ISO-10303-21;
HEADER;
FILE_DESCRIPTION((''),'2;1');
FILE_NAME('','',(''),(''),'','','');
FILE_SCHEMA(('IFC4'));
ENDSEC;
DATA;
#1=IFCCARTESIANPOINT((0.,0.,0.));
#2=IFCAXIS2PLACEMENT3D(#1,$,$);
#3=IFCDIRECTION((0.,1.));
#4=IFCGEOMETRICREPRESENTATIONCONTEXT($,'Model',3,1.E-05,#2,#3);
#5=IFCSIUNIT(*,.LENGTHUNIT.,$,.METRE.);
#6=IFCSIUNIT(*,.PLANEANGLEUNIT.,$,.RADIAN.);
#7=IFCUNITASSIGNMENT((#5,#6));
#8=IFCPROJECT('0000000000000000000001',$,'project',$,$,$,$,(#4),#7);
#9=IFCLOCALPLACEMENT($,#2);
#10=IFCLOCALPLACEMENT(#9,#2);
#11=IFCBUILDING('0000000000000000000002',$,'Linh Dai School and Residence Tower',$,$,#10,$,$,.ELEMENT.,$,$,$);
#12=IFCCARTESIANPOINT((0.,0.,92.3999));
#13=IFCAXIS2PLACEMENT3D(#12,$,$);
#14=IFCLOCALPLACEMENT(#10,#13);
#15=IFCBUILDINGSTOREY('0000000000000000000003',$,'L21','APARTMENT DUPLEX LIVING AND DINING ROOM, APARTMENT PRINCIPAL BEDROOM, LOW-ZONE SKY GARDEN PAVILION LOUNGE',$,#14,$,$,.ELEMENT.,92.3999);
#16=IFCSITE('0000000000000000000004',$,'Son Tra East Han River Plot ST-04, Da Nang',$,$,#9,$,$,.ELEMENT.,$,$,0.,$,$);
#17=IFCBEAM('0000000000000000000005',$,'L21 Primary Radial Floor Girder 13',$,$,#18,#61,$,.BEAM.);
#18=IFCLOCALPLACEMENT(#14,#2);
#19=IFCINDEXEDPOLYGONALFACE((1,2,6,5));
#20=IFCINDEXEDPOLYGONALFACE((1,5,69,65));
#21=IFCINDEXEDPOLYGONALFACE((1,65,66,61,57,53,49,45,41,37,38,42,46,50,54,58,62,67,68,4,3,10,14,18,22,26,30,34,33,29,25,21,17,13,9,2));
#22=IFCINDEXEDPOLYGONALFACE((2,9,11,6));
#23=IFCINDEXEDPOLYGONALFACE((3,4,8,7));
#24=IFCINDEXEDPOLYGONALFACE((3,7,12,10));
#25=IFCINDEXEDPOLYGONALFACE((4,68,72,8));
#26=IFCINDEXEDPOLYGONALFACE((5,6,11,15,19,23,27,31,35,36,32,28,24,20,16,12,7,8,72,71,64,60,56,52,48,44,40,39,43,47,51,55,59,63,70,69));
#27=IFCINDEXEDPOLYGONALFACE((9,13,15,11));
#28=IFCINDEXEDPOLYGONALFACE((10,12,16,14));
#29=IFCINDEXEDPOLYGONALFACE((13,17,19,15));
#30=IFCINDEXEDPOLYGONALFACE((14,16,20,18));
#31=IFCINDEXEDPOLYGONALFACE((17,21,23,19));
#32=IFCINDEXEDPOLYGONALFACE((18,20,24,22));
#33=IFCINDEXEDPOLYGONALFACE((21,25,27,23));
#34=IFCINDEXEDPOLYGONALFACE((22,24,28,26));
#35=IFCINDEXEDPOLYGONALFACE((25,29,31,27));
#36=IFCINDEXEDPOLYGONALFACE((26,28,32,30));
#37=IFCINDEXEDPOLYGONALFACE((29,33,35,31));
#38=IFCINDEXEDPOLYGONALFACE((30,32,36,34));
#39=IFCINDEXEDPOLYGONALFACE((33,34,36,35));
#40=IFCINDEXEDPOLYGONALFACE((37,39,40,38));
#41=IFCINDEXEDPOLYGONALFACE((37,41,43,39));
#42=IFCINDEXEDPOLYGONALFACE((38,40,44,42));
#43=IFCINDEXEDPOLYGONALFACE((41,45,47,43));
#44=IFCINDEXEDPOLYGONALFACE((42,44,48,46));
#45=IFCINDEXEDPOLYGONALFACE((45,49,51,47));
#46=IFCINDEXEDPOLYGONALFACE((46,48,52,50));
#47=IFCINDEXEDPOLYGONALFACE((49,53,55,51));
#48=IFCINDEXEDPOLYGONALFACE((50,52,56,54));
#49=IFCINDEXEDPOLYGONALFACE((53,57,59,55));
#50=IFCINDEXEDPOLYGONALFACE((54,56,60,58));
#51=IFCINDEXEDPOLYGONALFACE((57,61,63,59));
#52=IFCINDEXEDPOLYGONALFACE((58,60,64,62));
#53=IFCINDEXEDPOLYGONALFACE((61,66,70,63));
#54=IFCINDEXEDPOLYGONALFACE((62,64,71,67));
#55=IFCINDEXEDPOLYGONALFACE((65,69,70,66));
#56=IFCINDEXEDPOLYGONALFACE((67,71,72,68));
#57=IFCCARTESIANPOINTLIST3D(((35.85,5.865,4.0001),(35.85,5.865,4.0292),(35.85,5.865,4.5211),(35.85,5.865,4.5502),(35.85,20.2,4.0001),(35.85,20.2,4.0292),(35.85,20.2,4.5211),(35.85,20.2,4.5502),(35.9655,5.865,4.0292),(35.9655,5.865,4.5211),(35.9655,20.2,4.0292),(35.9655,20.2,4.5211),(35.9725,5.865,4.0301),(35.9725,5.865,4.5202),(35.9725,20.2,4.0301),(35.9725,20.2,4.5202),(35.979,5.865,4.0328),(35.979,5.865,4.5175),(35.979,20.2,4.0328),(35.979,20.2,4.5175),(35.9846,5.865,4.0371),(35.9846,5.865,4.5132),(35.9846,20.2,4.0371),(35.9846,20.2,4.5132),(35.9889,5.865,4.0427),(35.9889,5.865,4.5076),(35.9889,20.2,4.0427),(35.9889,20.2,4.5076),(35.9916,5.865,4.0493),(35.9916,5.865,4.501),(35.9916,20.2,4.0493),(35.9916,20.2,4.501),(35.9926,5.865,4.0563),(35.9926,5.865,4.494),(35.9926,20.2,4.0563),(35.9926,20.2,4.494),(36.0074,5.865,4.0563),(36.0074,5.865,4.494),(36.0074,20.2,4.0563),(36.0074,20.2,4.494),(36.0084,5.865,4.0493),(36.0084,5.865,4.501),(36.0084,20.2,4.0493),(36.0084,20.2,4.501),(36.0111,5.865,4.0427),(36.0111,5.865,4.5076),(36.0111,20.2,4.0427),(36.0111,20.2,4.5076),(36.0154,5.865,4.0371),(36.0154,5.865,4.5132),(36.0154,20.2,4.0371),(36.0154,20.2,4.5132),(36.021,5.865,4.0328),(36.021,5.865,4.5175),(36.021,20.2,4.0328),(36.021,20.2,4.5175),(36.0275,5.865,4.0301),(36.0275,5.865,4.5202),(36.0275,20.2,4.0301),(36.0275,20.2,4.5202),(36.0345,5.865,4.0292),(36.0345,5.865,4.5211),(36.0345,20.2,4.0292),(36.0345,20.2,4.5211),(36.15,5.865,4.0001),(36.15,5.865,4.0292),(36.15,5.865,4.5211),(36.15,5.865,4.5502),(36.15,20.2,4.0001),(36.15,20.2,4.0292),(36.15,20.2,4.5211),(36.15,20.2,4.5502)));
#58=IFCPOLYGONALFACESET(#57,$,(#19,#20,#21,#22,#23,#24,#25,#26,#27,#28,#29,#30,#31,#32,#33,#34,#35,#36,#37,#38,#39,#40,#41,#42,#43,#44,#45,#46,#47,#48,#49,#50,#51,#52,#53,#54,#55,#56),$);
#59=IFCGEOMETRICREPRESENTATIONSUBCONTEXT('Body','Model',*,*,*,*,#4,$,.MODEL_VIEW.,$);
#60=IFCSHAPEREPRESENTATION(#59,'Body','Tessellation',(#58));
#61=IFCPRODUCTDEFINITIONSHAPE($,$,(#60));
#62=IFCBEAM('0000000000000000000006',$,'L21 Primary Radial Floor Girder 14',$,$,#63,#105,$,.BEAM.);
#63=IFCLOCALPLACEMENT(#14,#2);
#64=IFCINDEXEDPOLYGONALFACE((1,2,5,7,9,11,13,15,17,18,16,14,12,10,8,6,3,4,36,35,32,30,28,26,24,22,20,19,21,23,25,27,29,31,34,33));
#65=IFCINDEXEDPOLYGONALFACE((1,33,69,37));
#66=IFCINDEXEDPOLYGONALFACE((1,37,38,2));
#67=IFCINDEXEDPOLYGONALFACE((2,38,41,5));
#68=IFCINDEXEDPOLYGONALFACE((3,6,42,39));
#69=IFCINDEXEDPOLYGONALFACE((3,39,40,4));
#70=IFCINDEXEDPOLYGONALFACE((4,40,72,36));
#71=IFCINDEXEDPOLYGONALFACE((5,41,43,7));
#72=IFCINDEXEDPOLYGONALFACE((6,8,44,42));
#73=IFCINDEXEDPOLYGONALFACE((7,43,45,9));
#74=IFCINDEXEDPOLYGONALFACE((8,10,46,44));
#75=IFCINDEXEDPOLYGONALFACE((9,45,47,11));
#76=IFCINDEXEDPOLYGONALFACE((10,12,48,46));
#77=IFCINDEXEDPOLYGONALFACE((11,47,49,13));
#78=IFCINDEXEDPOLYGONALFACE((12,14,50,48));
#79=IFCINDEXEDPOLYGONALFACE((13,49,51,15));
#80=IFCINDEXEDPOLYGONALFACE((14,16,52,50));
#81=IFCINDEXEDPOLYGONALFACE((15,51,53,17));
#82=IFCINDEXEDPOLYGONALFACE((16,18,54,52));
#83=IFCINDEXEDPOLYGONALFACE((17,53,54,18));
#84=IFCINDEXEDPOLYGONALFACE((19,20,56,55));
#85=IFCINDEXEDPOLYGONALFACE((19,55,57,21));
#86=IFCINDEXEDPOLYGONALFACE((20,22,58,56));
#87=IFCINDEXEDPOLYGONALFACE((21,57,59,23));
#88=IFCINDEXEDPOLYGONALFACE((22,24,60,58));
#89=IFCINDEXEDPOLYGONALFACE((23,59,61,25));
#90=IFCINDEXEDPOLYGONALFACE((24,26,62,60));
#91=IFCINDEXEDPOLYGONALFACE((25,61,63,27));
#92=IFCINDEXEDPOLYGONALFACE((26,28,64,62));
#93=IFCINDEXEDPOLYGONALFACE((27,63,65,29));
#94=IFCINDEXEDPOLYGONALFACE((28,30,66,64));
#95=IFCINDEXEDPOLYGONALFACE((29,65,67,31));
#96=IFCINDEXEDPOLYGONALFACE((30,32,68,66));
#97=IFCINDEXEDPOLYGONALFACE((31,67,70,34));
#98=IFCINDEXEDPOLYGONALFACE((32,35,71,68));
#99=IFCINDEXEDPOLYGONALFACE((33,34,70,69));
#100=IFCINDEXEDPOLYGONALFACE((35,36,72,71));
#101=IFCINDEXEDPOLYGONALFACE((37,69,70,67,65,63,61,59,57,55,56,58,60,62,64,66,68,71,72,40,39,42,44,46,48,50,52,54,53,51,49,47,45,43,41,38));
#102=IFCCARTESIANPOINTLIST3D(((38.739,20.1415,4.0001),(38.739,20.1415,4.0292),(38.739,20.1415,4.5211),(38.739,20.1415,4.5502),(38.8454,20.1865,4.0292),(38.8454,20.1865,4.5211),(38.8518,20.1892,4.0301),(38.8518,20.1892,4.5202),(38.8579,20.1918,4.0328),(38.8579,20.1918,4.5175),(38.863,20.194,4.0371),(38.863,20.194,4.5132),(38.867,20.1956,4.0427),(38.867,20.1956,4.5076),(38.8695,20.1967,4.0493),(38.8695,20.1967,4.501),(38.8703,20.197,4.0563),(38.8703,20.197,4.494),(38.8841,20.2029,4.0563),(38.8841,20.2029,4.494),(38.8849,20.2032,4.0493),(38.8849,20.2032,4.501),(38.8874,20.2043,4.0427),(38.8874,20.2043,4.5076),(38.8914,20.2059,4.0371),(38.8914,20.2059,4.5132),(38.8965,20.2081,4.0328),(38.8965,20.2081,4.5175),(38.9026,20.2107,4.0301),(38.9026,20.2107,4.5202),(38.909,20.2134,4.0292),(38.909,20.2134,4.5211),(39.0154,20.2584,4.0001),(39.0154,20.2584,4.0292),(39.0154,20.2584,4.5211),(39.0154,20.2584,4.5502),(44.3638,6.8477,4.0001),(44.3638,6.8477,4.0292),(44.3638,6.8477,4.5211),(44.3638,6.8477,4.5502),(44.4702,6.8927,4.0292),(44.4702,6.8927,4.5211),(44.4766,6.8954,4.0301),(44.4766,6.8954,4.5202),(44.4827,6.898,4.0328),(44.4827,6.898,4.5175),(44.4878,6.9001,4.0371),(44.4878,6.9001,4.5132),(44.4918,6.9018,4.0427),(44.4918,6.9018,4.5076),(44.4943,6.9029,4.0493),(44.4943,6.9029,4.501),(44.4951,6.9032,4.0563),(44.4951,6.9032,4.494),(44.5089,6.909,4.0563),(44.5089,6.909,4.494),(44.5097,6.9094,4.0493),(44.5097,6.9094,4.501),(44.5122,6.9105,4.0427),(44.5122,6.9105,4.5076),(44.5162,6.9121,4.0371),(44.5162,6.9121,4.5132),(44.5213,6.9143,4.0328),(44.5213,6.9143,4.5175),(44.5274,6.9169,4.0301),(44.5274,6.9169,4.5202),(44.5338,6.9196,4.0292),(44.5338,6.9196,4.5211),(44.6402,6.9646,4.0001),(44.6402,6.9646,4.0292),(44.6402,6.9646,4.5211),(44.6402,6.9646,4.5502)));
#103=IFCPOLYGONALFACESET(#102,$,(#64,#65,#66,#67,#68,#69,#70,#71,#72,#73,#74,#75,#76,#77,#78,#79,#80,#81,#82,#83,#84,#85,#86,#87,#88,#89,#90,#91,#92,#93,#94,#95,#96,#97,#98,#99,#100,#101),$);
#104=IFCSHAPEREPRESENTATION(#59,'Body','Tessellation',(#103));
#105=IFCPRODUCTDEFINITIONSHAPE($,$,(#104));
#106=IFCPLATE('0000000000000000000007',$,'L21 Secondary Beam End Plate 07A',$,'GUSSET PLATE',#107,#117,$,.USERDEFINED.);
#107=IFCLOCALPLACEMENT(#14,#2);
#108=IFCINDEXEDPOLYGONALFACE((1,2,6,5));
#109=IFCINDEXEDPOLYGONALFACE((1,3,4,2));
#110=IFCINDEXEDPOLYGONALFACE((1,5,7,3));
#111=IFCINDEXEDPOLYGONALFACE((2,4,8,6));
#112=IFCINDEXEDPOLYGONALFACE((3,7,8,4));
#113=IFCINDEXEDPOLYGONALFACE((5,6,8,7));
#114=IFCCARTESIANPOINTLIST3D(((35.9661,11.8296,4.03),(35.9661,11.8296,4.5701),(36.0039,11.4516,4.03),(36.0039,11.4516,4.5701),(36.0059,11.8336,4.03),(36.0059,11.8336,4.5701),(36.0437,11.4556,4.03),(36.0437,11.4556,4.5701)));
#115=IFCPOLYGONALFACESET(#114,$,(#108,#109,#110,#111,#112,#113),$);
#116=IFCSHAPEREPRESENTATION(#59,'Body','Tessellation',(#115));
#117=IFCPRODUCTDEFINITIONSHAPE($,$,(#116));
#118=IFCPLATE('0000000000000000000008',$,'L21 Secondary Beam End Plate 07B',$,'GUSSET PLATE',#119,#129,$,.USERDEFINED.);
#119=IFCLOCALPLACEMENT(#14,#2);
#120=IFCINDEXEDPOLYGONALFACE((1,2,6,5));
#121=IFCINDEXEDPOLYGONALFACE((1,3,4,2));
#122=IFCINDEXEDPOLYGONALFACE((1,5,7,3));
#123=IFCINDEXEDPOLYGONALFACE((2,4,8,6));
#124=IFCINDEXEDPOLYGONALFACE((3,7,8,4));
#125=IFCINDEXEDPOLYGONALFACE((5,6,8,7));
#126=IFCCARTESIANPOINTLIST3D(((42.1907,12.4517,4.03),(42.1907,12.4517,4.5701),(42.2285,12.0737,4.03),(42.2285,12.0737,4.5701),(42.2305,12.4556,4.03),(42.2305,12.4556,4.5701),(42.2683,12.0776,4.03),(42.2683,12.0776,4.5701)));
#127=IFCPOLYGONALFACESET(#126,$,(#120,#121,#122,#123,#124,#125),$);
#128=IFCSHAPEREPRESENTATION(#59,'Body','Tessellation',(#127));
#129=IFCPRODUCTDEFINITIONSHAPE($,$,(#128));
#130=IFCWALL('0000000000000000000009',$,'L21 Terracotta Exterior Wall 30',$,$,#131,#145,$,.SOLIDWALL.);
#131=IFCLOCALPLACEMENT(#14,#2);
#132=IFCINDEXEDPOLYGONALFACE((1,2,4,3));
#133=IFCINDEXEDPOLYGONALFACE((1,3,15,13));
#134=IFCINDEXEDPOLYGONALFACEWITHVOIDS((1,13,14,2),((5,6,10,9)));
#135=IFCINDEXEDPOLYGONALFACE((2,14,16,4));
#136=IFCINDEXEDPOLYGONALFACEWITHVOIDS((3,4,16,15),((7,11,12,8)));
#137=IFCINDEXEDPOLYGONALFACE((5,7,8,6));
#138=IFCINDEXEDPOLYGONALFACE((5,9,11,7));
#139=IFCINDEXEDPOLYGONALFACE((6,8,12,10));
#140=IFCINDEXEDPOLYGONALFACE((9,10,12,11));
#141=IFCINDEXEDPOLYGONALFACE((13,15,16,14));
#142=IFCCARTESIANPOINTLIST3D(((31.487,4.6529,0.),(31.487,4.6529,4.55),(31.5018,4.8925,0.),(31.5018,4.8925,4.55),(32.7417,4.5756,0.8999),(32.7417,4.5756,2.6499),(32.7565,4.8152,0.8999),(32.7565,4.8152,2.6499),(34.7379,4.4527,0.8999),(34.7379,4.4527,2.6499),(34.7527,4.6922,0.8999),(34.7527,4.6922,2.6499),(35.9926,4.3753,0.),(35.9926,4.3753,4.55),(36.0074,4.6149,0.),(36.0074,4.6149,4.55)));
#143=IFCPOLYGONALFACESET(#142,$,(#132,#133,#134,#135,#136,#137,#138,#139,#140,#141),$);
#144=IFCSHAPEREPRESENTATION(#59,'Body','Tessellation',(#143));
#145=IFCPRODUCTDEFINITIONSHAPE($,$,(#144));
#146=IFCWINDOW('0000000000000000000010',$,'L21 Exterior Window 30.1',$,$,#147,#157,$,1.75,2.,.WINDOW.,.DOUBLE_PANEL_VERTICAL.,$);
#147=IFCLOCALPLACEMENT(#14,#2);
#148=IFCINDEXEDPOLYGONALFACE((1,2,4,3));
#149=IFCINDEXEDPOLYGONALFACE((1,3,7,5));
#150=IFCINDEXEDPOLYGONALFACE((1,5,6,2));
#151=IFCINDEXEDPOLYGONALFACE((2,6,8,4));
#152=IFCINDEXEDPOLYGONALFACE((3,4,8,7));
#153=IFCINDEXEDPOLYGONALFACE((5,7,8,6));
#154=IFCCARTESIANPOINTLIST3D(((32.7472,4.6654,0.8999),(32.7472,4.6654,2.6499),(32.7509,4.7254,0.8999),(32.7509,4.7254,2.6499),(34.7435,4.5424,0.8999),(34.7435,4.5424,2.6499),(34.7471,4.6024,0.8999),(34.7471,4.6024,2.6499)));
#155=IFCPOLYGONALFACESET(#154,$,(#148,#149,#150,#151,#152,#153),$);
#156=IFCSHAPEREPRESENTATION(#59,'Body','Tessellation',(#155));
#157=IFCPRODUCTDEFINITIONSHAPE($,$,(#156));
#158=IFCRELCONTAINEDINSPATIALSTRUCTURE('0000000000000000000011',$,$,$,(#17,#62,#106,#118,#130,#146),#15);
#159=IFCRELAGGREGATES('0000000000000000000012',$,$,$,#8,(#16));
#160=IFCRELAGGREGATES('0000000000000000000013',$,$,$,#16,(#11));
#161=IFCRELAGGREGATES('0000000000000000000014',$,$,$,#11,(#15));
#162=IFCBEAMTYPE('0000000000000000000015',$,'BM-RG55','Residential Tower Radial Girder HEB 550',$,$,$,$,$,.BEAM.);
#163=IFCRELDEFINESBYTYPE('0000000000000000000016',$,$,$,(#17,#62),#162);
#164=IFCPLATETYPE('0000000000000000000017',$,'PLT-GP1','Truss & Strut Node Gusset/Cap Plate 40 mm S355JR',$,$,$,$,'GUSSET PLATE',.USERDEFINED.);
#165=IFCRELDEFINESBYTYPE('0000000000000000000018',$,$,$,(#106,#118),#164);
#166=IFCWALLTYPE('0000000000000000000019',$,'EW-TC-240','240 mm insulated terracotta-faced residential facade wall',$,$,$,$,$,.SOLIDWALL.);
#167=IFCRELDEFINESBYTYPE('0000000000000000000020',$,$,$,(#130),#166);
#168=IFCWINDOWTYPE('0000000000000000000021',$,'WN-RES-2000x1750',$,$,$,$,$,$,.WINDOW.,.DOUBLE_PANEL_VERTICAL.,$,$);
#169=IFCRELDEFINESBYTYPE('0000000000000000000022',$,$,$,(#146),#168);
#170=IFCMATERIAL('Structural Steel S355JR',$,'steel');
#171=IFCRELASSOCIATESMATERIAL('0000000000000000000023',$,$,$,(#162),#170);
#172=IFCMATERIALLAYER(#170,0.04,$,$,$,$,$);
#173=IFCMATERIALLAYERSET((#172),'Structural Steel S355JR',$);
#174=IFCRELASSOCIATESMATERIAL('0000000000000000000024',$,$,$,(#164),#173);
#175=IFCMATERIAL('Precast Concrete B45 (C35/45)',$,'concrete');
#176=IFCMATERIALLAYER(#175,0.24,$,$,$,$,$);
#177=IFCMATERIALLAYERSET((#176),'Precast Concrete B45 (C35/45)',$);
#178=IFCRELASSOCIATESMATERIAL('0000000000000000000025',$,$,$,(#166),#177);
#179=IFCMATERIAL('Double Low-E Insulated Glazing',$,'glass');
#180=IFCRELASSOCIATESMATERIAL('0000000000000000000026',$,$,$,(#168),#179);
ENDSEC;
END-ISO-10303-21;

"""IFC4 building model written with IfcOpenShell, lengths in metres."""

from ifc_helpers import new_model, si_unit, direction, frame, frame_2d, origin, origin_2d, place, context, subcontext, project, spatial, rectangle, i_section, extrude, source, transform, mapped, material, layer, layer_set, material_profile, profile_set, type_object, element, fill, save


model = new_model("IFC4")

# Units and contexts
model_context = context("Model", 3, precision=1e-05, world=origin(), true_north=direction((0.0, 1.0)))
body_context = subcontext(model_context, "Body", "Model", "MODEL_VIEW")
ifc_project = project(units=[si_unit("LENGTHUNIT", "METRE"), si_unit("PLANEANGLEUNIT", "RADIAN")], contexts=[model_context])

# Site, building, storey
site_placement = place(None, origin())
site = spatial("IfcSite", under=ifc_project, at=site_placement, Name="Son Tra East Han River Plot ST-04, Da Nang", CompositionType="ELEMENT", RefElevation=0.0)
building_placement = place(site_placement, origin())
building = spatial("IfcBuilding", under=site, at=building_placement, Name="Linh Dai School and Residence Tower", CompositionType="ELEMENT")
storey_placement = place(building_placement, frame((0.0, 0.0, 92.3999)))
storey = spatial("IfcBuildingStorey", under=building, at=storey_placement, Name="L21", Description="APARTMENT DUPLEX LIVING AND DINING ROOM, APARTMENT PRINCIPAL BEDROOM, LOW-ZONE SKY GARDEN PAVILION LOUNGE", CompositionType="ELEMENT", Elevation=92.3999)

# Shared definitions
ifc_material_1 = material(Name="Structural Steel S355JR", Category="steel")

# Beams
ifc_material_profile_1 = material_profile(ifc_material_1, i_section(OverallWidth=0.3, OverallDepth=0.55, WebThickness=0.0149, FlangeThickness=0.0291, FilletRadius=0.0271, at=origin_2d()), Name="HEB 550")
ifc_profile_set_1 = profile_set([ifc_material_profile_1], Name="Structural Steel S355JR")
beam_type_1 = type_object("IfcBeamType", Name="BM-RG55", Description="Residential Tower Radial Girder HEB 550", PredefinedType="BEAM", material=ifc_profile_set_1)
beam_1_placement = place(storey_placement, frame((36.0, 20.2, 4.2751), z_axis=(0.0, -1.0, 0.0), x_axis=(1.0, 0.0, 0.0)))
element("IfcBeam", 1, at=beam_1_placement, inside=storey, type_object=beam_type_1, Name="L21 Primary Radial Floor Girder 13", PredefinedType="BEAM", context=body_context, shape_type="SweptSolid", body=[
    extrude(i_section(OverallWidth=0.3, OverallDepth=0.55, WebThickness=0.0149, FlangeThickness=0.0291, FilletRadius=0.0271, at=origin_2d()), origin(), (0.0, 0.0, 1.0), 14.335),
])
beam_2_placement = place(storey_placement, frame((38.8772, 20.2, 4.2751), z_axis=(0.389669, -0.920955, 0.0), x_axis=(0.920955, 0.389669, 0.0)))
element("IfcBeam", 2, at=beam_2_placement, inside=storey, type_object=beam_type_1, Name="L21 Primary Radial Floor Girder 14", PredefinedType="BEAM", context=body_context, shape_type="SweptSolid", body=[
    extrude(i_section(OverallWidth=0.3, OverallDepth=0.55, WebThickness=0.0149, FlangeThickness=0.0291, FilletRadius=0.0271, at=origin_2d()), origin(), (0.0, 0.0, 1.0), 14.4348),
])

# Plates
ifc_layer_1 = layer(ifc_material_1, 0.04)
ifc_layer_set_1 = layer_set([ifc_layer_1], Name="Structural Steel S355JR")
plate_type = type_object("IfcPlateType", Name="PLT-GP1", Description="Truss & Strut Node Gusset/Cap Plate 40 mm S355JR", ElementType="GUSSET PLATE", PredefinedType="USERDEFINED", material=ifc_layer_set_1)
shared_shape_1 = source(origin(), body_context, "Body", "SweptSolid", [
    extrude(rectangle(XDim=0.04, YDim=0.3799, at=origin_2d()), origin(), (0.0, 0.0, 1.0), 0.54),
])
for number, where, z_axis, x_axis, name in (
    (3, (36.0049, 11.6426, 4.03), (0.0, 0.0, 1.0), (0.995042, 0.099458, 0.0), "L21 Secondary Beam End Plate 07A"),
    (4, (42.2295, 12.2646, 4.03), (0.0, 0.0, 1.0), (0.995042, 0.099458, 0.0), "L21 Secondary Beam End Plate 07B"),
):
    element("IfcPlate", number, at=place(storey_placement, frame(where, z_axis=z_axis, x_axis=x_axis)), inside=storey, type_object=plate_type, Name=name, ObjectType="GUSSET PLATE", PredefinedType="USERDEFINED", context=body_context, shape_type="MappedRepresentation", body=[
        mapped(shared_shape_1, transform((0.0, 0.0, 0.0), x_axis=(1.0, 0.0, 0.0), y_axis=(0.0, 1.0, 0.0), z_axis=(0.0, 0.0, 1.0), scale=1.0)),
    ])

# Wall, opening, window
ifc_material_2 = material(Name="Precast Concrete B45 (C35/45)", Category="concrete")
ifc_layer_2 = layer(ifc_material_2, 0.24)
ifc_layer_set_2 = layer_set([ifc_layer_2], Name="Precast Concrete B45 (C35/45)")
wall_type_1 = type_object("IfcWallType", Name="EW-TC-240", Description="240 mm insulated terracotta-faced residential facade wall", PredefinedType="SOLIDWALL", material=ifc_layer_set_2)
wall_1_placement = place(storey_placement, frame((36.0, 4.4951, 0.0), z_axis=(0.0, 0.0, 1.0), x_axis=(-0.998108, 0.061493, 0.0)))
wall_1 = element("IfcWall", 5, at=wall_1_placement, inside=storey, type_object=wall_type_1, Name="L21 Terracotta Exterior Wall 30", PredefinedType="SOLIDWALL", context=body_context, shape_type="SweptSolid", body=[
    extrude(rectangle(XDim=4.5142, YDim=0.24, at=frame_2d((2.2571, 0.0))), origin(), (0.0, 0.0, 1.0), 4.55),
])
opening_1_placement = place(wall_1_placement, frame((1.2571, 0.0, 0.8999)))
opening_1 = element("IfcOpeningElement", 6, at=opening_1_placement, cuts=wall_1, PredefinedType="OPENING", context=body_context, shape_type="SweptSolid", body=[
    extrude(rectangle(XDim=2.0, YDim=1.75, at=origin_2d()), frame((1.0, 0.1299, 0.875), z_axis=(0.0, -1.0, 0.0), x_axis=(1.0, 0.0, 0.0)), (0.0, 0.0, 1.0), 0.26),
])
ifc_material_3 = material(Name="Double Low-E Insulated Glazing", Category="glass")
window_type = type_object("IfcWindowType", Name="WN-RES-2000x1750", PartitioningType="DOUBLE_PANEL_VERTICAL", PredefinedType="WINDOW", material=ifc_material_3)
shared_shape_2 = source(origin(), body_context, "Body", "SweptSolid", [
    extrude(rectangle(XDim=2.0, YDim=1.75, at=origin_2d()), frame((1.0, 0.03, 0.875), z_axis=(0.0, -1.0, 0.0), x_axis=(1.0, 0.0, 0.0)), (0.0, 0.0, 1.0), 0.0601),
])
window_1_placement = place(opening_1_placement, origin())
window_1 = element("IfcWindow", 7, at=window_1_placement, inside=storey, type_object=window_type, Name="L21 Exterior Window 30.1", OverallHeight=1.75, OverallWidth=2.0, PartitioningType="DOUBLE_PANEL_VERTICAL", PredefinedType="WINDOW", context=body_context, shape_type="MappedRepresentation", body=[
    mapped(shared_shape_2, transform((0.0, 0.0, 0.0), x_axis=(1.0, 0.0, 0.0), y_axis=(0.0, 1.0, 0.0), z_axis=(0.0, 0.0, 1.0), scale=1.0)),
])
fill(opening_1, window_1)

save(model, "model.ifc")
